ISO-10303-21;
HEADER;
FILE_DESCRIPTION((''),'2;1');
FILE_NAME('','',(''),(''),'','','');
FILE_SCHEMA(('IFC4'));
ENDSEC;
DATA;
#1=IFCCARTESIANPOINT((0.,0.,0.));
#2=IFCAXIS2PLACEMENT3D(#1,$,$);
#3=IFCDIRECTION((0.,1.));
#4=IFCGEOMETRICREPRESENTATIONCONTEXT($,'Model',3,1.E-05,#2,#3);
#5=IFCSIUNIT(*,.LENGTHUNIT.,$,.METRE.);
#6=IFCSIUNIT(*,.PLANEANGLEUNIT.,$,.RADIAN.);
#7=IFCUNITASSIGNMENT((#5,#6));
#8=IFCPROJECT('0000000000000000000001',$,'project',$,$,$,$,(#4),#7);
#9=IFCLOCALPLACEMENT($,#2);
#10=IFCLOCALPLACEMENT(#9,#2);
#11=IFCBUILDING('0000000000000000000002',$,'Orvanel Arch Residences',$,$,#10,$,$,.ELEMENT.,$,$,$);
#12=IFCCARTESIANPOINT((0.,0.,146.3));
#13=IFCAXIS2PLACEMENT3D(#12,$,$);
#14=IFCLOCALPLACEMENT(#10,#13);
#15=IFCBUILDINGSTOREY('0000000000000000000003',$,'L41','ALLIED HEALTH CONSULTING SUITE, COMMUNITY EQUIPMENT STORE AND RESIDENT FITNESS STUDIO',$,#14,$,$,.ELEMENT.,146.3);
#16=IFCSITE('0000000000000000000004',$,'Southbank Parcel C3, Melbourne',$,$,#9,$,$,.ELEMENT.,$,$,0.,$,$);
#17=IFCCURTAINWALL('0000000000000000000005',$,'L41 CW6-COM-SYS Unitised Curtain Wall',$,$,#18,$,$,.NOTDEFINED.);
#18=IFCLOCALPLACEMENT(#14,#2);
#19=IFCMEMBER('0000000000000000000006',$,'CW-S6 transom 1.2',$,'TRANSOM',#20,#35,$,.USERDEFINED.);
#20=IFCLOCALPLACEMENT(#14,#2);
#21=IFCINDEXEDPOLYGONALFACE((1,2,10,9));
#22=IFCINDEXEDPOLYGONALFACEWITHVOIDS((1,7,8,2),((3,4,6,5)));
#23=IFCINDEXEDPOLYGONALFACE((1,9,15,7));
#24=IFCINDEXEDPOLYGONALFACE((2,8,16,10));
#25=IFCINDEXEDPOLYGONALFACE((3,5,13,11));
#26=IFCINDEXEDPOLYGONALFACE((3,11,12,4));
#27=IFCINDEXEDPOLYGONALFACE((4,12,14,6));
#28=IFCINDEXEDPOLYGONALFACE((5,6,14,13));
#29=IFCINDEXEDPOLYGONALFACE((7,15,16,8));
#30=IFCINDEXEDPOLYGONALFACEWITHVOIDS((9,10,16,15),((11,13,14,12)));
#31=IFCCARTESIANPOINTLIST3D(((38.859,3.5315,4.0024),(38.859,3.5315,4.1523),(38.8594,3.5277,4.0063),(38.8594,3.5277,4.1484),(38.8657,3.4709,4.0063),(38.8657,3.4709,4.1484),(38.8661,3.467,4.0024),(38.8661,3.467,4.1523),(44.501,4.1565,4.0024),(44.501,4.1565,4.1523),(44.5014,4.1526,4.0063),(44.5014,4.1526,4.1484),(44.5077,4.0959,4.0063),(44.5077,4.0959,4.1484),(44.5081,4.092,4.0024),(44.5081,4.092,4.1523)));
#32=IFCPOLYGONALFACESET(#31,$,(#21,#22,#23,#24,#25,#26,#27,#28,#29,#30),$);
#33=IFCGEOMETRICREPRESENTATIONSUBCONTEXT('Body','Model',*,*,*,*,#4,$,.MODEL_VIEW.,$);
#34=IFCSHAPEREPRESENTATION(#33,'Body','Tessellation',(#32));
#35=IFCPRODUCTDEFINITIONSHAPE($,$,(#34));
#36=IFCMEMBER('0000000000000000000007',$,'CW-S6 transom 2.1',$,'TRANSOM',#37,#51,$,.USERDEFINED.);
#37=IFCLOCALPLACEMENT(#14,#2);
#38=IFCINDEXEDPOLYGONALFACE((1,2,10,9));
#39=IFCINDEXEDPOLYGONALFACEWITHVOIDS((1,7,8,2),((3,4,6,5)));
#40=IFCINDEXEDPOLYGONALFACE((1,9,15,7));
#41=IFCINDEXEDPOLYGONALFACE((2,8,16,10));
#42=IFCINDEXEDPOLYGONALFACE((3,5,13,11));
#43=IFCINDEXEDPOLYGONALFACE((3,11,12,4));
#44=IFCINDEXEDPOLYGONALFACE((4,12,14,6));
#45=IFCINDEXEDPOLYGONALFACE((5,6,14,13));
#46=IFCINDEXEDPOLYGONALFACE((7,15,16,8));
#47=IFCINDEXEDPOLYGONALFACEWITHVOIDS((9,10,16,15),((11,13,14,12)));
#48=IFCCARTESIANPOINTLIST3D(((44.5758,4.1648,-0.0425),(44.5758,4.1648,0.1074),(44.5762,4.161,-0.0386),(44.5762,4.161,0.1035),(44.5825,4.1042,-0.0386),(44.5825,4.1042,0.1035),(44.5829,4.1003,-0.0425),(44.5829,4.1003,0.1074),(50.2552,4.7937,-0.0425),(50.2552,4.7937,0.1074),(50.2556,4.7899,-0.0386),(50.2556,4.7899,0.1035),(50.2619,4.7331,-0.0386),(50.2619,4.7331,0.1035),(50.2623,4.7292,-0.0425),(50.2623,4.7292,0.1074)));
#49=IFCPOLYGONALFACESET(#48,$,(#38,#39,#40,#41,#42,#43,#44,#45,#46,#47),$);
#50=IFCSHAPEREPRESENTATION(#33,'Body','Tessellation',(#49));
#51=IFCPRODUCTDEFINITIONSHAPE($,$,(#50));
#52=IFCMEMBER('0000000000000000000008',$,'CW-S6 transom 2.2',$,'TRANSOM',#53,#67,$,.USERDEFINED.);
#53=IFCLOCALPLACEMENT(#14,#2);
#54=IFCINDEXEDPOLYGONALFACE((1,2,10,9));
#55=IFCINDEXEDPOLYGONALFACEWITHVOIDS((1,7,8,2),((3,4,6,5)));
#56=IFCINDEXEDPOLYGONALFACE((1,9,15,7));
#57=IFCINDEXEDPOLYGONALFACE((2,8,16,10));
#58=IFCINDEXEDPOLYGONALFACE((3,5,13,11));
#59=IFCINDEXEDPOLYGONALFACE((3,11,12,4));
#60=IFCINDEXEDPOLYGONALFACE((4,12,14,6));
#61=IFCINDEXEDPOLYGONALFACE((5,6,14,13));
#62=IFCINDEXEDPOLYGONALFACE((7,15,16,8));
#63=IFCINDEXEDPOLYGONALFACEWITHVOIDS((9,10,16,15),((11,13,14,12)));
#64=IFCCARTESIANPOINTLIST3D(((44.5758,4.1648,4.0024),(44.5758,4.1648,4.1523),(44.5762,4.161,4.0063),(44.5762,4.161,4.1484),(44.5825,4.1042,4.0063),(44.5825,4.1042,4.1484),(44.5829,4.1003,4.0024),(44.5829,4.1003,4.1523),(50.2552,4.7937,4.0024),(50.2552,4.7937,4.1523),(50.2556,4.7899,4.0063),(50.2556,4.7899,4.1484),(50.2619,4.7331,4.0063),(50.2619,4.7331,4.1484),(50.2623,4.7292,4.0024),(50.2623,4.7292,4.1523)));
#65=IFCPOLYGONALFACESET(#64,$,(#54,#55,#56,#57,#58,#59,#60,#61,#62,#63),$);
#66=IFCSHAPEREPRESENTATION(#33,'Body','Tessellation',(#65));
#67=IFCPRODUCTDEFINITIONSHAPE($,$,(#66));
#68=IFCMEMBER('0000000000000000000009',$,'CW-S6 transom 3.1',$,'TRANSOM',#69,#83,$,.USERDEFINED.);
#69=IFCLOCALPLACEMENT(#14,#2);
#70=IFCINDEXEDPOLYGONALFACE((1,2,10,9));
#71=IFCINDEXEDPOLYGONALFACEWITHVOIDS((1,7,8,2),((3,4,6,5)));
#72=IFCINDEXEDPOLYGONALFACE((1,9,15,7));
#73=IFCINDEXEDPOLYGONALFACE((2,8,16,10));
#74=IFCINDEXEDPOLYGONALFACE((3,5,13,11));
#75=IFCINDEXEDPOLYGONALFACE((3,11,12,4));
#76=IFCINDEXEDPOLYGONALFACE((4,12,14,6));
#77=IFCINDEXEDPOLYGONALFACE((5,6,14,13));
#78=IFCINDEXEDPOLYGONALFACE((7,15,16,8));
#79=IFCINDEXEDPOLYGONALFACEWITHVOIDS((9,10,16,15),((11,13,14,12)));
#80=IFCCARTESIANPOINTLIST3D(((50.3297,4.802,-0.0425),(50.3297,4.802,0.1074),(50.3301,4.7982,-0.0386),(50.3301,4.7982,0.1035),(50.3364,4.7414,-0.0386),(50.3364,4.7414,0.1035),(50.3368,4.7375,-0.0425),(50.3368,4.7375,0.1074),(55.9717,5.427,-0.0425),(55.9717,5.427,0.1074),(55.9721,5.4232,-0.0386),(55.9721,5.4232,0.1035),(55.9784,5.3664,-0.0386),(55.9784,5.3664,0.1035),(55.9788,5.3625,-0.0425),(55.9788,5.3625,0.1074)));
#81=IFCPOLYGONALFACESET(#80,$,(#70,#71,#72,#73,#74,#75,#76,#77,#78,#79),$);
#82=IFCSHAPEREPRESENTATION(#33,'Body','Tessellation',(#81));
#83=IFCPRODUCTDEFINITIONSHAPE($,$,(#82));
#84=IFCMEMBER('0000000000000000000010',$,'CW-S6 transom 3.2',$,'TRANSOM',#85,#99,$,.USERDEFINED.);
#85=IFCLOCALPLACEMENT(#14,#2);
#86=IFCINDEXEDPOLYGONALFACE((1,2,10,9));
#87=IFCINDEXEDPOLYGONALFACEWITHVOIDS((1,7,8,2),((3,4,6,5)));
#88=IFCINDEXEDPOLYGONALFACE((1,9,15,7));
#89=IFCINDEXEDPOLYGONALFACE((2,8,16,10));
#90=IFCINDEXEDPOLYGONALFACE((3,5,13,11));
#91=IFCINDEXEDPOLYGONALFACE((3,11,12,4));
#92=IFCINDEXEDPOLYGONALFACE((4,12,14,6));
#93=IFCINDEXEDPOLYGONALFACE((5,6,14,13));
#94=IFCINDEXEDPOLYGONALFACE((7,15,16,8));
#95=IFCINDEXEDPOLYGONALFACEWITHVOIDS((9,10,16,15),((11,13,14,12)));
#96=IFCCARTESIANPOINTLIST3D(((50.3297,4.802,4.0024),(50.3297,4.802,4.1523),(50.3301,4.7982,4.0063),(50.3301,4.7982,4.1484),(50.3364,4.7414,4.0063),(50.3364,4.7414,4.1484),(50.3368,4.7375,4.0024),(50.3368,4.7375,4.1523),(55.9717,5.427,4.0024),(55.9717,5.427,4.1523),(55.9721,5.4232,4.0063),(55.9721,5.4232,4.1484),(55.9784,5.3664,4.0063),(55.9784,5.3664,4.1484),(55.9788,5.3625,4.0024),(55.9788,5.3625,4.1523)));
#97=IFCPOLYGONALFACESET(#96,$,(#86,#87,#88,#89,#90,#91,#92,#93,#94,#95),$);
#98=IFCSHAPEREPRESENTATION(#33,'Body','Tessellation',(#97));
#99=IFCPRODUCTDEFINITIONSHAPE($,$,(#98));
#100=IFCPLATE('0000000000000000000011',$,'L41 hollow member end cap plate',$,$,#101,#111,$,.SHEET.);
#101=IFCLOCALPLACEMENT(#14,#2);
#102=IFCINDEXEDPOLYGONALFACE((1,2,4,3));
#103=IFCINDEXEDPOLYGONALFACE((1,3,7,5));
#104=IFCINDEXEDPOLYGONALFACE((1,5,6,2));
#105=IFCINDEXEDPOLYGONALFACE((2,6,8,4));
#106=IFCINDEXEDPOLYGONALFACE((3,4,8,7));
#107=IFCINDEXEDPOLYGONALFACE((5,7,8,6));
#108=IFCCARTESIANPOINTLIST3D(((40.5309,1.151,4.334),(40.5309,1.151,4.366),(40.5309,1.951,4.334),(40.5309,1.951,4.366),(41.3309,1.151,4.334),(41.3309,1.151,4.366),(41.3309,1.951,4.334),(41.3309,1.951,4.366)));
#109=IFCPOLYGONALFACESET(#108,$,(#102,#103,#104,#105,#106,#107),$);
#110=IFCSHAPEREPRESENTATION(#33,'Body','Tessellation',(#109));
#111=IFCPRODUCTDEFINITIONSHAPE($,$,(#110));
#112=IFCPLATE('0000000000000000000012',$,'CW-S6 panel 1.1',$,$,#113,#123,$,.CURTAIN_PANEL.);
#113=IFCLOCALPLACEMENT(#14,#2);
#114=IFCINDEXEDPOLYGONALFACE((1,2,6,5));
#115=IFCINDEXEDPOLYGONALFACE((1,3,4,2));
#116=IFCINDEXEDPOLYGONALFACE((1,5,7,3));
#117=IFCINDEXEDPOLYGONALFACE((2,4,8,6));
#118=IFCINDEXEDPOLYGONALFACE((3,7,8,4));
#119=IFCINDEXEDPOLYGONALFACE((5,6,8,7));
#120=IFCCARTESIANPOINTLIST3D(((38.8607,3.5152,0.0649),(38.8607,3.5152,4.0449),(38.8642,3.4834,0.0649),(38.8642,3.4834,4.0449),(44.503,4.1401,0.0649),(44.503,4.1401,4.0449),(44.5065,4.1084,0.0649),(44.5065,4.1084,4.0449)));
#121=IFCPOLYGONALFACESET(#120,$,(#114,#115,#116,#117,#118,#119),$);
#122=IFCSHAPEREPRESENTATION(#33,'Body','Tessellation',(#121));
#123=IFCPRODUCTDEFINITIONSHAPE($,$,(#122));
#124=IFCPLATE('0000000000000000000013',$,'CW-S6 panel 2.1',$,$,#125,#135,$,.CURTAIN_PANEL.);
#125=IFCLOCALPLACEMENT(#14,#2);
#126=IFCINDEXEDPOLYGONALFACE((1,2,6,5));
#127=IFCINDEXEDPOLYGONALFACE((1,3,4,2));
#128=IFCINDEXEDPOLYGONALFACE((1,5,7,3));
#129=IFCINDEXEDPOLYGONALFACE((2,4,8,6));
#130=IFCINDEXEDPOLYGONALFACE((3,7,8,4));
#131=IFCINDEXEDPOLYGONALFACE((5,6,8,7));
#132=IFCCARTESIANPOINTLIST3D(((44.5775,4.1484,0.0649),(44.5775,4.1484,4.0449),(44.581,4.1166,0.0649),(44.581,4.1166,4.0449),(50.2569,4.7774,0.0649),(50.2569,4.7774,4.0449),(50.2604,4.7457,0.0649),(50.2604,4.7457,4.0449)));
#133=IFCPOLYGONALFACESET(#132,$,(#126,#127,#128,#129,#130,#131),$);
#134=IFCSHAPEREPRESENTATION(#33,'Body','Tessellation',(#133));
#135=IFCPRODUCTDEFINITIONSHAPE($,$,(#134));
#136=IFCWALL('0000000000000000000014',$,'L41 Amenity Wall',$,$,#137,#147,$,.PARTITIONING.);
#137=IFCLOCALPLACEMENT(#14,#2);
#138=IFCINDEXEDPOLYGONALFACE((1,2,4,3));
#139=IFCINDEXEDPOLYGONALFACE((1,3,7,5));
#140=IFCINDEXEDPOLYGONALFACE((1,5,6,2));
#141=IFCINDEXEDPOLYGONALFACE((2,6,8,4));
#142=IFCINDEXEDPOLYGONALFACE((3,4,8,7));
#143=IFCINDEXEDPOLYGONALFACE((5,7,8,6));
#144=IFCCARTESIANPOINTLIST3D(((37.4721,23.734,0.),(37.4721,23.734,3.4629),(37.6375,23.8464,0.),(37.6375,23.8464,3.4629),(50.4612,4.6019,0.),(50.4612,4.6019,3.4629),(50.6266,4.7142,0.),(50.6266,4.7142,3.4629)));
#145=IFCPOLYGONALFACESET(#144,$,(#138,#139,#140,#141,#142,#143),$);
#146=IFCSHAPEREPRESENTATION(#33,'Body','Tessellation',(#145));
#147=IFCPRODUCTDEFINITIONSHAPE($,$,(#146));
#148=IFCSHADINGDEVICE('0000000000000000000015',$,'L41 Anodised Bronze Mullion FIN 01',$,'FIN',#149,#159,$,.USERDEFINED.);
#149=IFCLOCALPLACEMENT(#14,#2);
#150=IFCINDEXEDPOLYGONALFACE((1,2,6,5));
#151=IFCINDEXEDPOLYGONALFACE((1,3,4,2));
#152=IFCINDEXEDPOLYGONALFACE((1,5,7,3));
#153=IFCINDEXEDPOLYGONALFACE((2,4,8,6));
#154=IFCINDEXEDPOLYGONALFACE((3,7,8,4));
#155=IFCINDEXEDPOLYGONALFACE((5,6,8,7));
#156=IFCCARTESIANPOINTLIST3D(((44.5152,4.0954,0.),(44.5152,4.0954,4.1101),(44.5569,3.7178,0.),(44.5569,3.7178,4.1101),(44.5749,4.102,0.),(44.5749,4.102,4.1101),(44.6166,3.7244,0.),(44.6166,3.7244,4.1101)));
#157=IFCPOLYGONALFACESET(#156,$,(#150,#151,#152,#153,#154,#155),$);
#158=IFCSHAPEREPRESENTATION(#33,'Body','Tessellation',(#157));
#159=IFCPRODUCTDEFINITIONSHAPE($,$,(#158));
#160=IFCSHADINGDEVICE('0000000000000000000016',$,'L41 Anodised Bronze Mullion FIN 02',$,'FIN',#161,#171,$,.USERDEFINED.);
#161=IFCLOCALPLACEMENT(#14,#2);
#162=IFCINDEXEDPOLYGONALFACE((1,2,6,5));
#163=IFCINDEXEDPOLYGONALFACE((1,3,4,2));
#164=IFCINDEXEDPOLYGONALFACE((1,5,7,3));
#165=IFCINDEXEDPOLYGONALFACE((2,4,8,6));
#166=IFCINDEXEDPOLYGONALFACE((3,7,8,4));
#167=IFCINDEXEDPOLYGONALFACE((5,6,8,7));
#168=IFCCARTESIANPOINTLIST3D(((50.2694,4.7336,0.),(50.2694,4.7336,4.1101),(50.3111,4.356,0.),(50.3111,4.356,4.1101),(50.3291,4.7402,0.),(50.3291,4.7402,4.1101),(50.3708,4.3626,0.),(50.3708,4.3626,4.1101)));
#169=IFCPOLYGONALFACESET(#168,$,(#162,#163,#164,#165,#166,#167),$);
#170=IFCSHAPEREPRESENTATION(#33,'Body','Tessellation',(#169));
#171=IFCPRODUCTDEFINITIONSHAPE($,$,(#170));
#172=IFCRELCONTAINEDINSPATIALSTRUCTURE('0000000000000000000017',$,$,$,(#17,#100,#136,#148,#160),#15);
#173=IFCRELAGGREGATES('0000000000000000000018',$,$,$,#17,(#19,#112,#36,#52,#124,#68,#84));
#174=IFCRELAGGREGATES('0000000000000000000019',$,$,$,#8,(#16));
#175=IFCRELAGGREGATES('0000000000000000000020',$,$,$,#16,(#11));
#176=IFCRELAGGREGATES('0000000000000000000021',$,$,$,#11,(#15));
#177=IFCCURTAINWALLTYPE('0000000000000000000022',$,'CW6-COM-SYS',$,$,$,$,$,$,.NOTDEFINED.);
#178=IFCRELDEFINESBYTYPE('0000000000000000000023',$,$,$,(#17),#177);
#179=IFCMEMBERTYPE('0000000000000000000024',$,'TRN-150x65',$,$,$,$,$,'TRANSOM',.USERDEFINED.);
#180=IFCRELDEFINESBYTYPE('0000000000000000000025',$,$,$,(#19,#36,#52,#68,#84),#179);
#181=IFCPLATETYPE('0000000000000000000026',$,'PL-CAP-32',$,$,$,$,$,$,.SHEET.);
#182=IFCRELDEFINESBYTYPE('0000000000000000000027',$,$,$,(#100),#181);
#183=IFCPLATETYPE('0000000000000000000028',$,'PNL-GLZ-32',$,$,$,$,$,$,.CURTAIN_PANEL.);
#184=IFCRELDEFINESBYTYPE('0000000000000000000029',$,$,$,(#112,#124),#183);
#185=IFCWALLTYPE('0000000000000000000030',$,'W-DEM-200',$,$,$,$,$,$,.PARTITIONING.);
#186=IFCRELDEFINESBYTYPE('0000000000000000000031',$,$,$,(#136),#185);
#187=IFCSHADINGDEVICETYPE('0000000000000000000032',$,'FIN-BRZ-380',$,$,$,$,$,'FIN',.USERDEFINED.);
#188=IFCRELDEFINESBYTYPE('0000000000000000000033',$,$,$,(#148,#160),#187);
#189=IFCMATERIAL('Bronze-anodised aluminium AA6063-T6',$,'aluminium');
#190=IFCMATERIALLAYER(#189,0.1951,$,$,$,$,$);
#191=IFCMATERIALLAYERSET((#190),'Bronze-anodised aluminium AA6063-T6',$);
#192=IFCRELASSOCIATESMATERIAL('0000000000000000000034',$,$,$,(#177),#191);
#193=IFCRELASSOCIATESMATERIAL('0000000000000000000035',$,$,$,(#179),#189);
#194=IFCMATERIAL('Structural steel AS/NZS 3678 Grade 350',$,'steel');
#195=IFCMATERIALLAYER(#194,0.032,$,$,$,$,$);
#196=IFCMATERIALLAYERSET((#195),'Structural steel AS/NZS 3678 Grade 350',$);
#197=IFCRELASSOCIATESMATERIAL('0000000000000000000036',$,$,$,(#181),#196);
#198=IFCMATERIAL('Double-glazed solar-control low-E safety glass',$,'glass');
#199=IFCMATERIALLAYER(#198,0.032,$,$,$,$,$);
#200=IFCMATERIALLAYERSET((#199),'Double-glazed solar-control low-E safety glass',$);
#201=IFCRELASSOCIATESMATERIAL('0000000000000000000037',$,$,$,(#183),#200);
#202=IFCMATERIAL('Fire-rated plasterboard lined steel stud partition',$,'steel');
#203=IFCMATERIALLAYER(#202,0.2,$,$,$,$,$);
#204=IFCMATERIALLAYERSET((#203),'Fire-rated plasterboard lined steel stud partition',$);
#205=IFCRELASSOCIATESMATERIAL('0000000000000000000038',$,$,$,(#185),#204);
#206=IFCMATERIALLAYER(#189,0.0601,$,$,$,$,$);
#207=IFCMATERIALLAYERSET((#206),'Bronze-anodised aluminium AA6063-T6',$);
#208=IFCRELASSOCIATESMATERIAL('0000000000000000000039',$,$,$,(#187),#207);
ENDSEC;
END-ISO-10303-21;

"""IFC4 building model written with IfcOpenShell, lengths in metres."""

from ifc_helpers import new_model, si_unit, direction, frame, frame_2d, origin, origin_2d, place, context, subcontext, project, spatial, rectangle, hollow_rectangle, extrude, material, layer, layer_set, material_profile, profile_set, type_object, element, aggregate, save


model = new_model("IFC4")

# Units and contexts
model_context = context("Model", 3, precision=1e-05, world=origin(), true_north=direction((0.0, 1.0)))
body_context = subcontext(model_context, "Body", "Model", "MODEL_VIEW")
ifc_project = project(units=[si_unit("LENGTHUNIT", "METRE"), si_unit("PLANEANGLEUNIT", "RADIAN")], contexts=[model_context])

# Site, building, storey
site_placement = place(None, origin())
site = spatial("IfcSite", under=ifc_project, at=site_placement, Name="Southbank Parcel C3, Melbourne", CompositionType="ELEMENT", RefElevation=0.0)
building_placement = place(site_placement, origin())
building = spatial("IfcBuilding", under=site, at=building_placement, Name="Orvanel Arch Residences", CompositionType="ELEMENT")
storey_placement = place(building_placement, frame((0.0, 0.0, 146.3)))
storey = spatial("IfcBuildingStorey", under=building, at=storey_placement, Name="L41", Description="ALLIED HEALTH CONSULTING SUITE, COMMUNITY EQUIPMENT STORE AND RESIDENT FITNESS STUDIO", CompositionType="ELEMENT", Elevation=146.3)

# Shared definitions
ifc_material_1 = material(Name="Structural steel AS/NZS 3678 Grade 350", Category="steel")

# Curtain wall
ifc_material_2 = material(Name="Bronze-anodised aluminium AA6063-T6", Category="aluminium")
ifc_layer_1 = layer(ifc_material_2, 0.1951)
ifc_layer_set_1 = layer_set([ifc_layer_1], Name="Bronze-anodised aluminium AA6063-T6")
curtain_wall_type = type_object("IfcCurtainWallType", Name="CW6-COM-SYS", PredefinedType="NOTDEFINED", material=ifc_layer_set_1)
curtain_wall_placement = place(storey_placement, origin())
curtain_wall = element("IfcCurtainWall", 1, at=curtain_wall_placement, inside=storey, type_object=curtain_wall_type, Name="L41 CW6-COM-SYS Unitised Curtain Wall", PredefinedType="NOTDEFINED")

# Members
ifc_material_profile_1 = material_profile(ifc_material_2, hollow_rectangle(XDim=0.0649, YDim=0.1499, WallThickness=0.0039, at=origin_2d()), Name="ALU150x65x4")
ifc_profile_set_1 = profile_set([ifc_material_profile_1], Name="Bronze-anodised aluminium AA6063-T6")
member_type_1 = type_object("IfcMemberType", Name="TRN-150x65", ElementType="TRANSOM", PredefinedType="USERDEFINED", material=ifc_profile_set_1)
member_1_placement = place(storey_placement, frame((38.8625, 3.4993, 4.0774), z_axis=(0.99392, 0.110101, 0.0), x_axis=(-0.110101, 0.99392, 0.0)))
member_1 = element("IfcMember", 2, at=member_1_placement, type_object=member_type_1, Name="CW-S6 transom 1.2", ObjectType="TRANSOM", PredefinedType="USERDEFINED", context=body_context, shape_type="SweptSolid", body=[
    extrude(hollow_rectangle(XDim=0.0649, YDim=0.1499, WallThickness=0.0039, at=origin_2d()), origin(), (0.0, 0.0, 1.0), 5.6765),
])
member_2_placement = place(storey_placement, frame((44.5793, 4.1326, 0.0325), z_axis=(0.993925, 0.110061, 0.0), x_axis=(-0.110061, 0.993925, 0.0)))
member_2 = element("IfcMember", 3, at=member_2_placement, type_object=member_type_1, Name="CW-S6 transom 2.1", ObjectType="TRANSOM", PredefinedType="USERDEFINED", context=body_context, shape_type="SweptSolid", body=[
    extrude(hollow_rectangle(XDim=0.0649, YDim=0.1499, WallThickness=0.0039, at=origin_2d()), origin(), (0.0, 0.0, 1.0), 5.7141),
])
member_3_placement = place(storey_placement, frame((44.5793, 4.1326, 4.0774), z_axis=(0.993925, 0.110061, 0.0), x_axis=(-0.110061, 0.993925, 0.0)))
member_3 = element("IfcMember", 4, at=member_3_placement, type_object=member_type_1, Name="CW-S6 transom 2.2", ObjectType="TRANSOM", PredefinedType="USERDEFINED", context=body_context, shape_type="SweptSolid", body=[
    extrude(hollow_rectangle(XDim=0.0649, YDim=0.1499, WallThickness=0.0039, at=origin_2d()), origin(), (0.0, 0.0, 1.0), 5.7141),
])
member_4_placement = place(storey_placement, frame((50.3333, 4.7698, 0.0325), z_axis=(0.99392, 0.110101, 0.0), x_axis=(-0.110101, 0.99392, 0.0)))
member_4 = element("IfcMember", 5, at=member_4_placement, type_object=member_type_1, Name="CW-S6 transom 3.1", ObjectType="TRANSOM", PredefinedType="USERDEFINED", context=body_context, shape_type="SweptSolid", body=[
    extrude(hollow_rectangle(XDim=0.0649, YDim=0.1499, WallThickness=0.0039, at=origin_2d()), origin(), (0.0, 0.0, 1.0), 5.6765),
])
member_5_placement = place(storey_placement, frame((50.3333, 4.7698, 4.0774), z_axis=(0.99392, 0.110101, 0.0), x_axis=(-0.110101, 0.99392, 0.0)))
member_5 = element("IfcMember", 6, at=member_5_placement, type_object=member_type_1, Name="CW-S6 transom 3.2", ObjectType="TRANSOM", PredefinedType="USERDEFINED", context=body_context, shape_type="SweptSolid", body=[
    extrude(hollow_rectangle(XDim=0.0649, YDim=0.1499, WallThickness=0.0039, at=origin_2d()), origin(), (0.0, 0.0, 1.0), 5.6765),
])

# Plates
ifc_layer_2 = layer(ifc_material_1, 0.032)
ifc_layer_set_2 = layer_set([ifc_layer_2], Name="Structural steel AS/NZS 3678 Grade 350")
plate_type_1 = type_object("IfcPlateType", Name="PL-CAP-32", PredefinedType="SHEET", material=ifc_layer_set_2)
plate_1_placement = place(storey_placement, frame((40.9309, 1.551, 4.334), z_axis=(0.0, 0.0, 1.0), x_axis=(1.0, 0.0, 0.0)))
element("IfcPlate", 7, at=plate_1_placement, inside=storey, type_object=plate_type_1, Name="L41 hollow member end cap plate", PredefinedType="SHEET", context=body_context, shape_type="SweptSolid", body=[
    extrude(rectangle(XDim=0.8, YDim=0.8, at=origin_2d()), origin(), (0.0, 0.0, 1.0), 0.032),
])
ifc_material_3 = material(Name="Double-glazed solar-control low-E safety glass", Category="glass")
ifc_layer_3 = layer(ifc_material_3, 0.032)
ifc_layer_set_3 = layer_set([ifc_layer_3], Name="Double-glazed solar-control low-E safety glass")
plate_type_2 = type_object("IfcPlateType", Name="PNL-GLZ-32", PredefinedType="CURTAIN_PANEL", material=ifc_layer_set_3)
plate_2_placement = place(storey_placement, frame((41.6836, 3.8118, 0.0649), z_axis=(0.0, 0.0, 1.0), x_axis=(0.993922, 0.11009, 0.0)))
plate_2 = element("IfcPlate", 8, at=plate_2_placement, type_object=plate_type_2, Name="CW-S6 panel 1.1", PredefinedType="CURTAIN_PANEL", context=body_context, shape_type="SweptSolid", body=[
    extrude(rectangle(XDim=5.6768, YDim=0.032, at=origin_2d()), origin(), (0.0, 0.0, 1.0), 3.98),
])
plate_3_placement = place(storey_placement, frame((47.4189, 4.447, 0.0649), z_axis=(0.0, 0.0, 1.0), x_axis=(0.993922, 0.11009, 0.0)))
plate_3 = element("IfcPlate", 9, at=plate_3_placement, type_object=plate_type_2, Name="CW-S6 panel 2.1", PredefinedType="CURTAIN_PANEL", context=body_context, shape_type="SweptSolid", body=[
    extrude(rectangle(XDim=5.7141, YDim=0.032, at=origin_2d()), origin(), (0.0, 0.0, 1.0), 3.98),
])
aggregate(curtain_wall, [member_1, plate_2, member_2, member_3, plate_3, member_4, member_5])

# Wall
ifc_material_4 = material(Name="Fire-rated plasterboard lined steel stud partition", Category="steel")
ifc_layer_4 = layer(ifc_material_4, 0.2)
ifc_layer_set_4 = layer_set([ifc_layer_4], Name="Fire-rated plasterboard lined steel stud partition")
wall_type = type_object("IfcWallType", Name="W-DEM-200", PredefinedType="PARTITIONING", material=ifc_layer_set_4)
wall_placement = place(storey_placement, frame((50.5439, 4.658, 0.0), z_axis=(0.0, 0.0, 1.0), x_axis=(-0.561695, 0.827345, 0.0)))
element("IfcWall", 10, at=wall_placement, inside=storey, type_object=wall_type, Name="L41 Amenity Wall", PredefinedType="PARTITIONING", context=body_context, shape_type="SweptSolid", body=[
    extrude(rectangle(XDim=23.1248, YDim=0.2, at=frame_2d((11.5625, 0.0))), origin(), (0.0, 0.0, 1.0), 3.4629),
])

# Shading devices
ifc_layer_5 = layer(ifc_material_2, 0.0601)
ifc_layer_set_5 = layer_set([ifc_layer_5], Name="Bronze-anodised aluminium AA6063-T6")
shading_device_type = type_object("IfcShadingDeviceType", Name="FIN-BRZ-380", ElementType="FIN", PredefinedType="USERDEFINED", material=ifc_layer_set_5)
for number, where, z_axis, x_axis, name in (
    (11, (44.5659, 3.9099, 0.0), (0.0, 0.0, 1.0), (0.109734, -0.993961, 0.0), "L41 Anodised Bronze Mullion FIN 01"),
    (12, (50.3201, 4.5481, 0.0), (0.0, 0.0, 1.0), (0.109734, -0.993961, 0.0), "L41 Anodised Bronze Mullion FIN 02"),
):
    element("IfcShadingDevice", number, at=place(storey_placement, frame(where, z_axis=z_axis, x_axis=x_axis)), inside=storey, type_object=shading_device_type, Name=name, ObjectType="FIN", PredefinedType="USERDEFINED", context=body_context, shape_type="SweptSolid", body=[
        extrude(rectangle(XDim=0.3799, YDim=0.0601, at=origin_2d()), origin(), (0.0, 0.0, 1.0), 4.1101),
    ])

save(model, "model.ifc")
